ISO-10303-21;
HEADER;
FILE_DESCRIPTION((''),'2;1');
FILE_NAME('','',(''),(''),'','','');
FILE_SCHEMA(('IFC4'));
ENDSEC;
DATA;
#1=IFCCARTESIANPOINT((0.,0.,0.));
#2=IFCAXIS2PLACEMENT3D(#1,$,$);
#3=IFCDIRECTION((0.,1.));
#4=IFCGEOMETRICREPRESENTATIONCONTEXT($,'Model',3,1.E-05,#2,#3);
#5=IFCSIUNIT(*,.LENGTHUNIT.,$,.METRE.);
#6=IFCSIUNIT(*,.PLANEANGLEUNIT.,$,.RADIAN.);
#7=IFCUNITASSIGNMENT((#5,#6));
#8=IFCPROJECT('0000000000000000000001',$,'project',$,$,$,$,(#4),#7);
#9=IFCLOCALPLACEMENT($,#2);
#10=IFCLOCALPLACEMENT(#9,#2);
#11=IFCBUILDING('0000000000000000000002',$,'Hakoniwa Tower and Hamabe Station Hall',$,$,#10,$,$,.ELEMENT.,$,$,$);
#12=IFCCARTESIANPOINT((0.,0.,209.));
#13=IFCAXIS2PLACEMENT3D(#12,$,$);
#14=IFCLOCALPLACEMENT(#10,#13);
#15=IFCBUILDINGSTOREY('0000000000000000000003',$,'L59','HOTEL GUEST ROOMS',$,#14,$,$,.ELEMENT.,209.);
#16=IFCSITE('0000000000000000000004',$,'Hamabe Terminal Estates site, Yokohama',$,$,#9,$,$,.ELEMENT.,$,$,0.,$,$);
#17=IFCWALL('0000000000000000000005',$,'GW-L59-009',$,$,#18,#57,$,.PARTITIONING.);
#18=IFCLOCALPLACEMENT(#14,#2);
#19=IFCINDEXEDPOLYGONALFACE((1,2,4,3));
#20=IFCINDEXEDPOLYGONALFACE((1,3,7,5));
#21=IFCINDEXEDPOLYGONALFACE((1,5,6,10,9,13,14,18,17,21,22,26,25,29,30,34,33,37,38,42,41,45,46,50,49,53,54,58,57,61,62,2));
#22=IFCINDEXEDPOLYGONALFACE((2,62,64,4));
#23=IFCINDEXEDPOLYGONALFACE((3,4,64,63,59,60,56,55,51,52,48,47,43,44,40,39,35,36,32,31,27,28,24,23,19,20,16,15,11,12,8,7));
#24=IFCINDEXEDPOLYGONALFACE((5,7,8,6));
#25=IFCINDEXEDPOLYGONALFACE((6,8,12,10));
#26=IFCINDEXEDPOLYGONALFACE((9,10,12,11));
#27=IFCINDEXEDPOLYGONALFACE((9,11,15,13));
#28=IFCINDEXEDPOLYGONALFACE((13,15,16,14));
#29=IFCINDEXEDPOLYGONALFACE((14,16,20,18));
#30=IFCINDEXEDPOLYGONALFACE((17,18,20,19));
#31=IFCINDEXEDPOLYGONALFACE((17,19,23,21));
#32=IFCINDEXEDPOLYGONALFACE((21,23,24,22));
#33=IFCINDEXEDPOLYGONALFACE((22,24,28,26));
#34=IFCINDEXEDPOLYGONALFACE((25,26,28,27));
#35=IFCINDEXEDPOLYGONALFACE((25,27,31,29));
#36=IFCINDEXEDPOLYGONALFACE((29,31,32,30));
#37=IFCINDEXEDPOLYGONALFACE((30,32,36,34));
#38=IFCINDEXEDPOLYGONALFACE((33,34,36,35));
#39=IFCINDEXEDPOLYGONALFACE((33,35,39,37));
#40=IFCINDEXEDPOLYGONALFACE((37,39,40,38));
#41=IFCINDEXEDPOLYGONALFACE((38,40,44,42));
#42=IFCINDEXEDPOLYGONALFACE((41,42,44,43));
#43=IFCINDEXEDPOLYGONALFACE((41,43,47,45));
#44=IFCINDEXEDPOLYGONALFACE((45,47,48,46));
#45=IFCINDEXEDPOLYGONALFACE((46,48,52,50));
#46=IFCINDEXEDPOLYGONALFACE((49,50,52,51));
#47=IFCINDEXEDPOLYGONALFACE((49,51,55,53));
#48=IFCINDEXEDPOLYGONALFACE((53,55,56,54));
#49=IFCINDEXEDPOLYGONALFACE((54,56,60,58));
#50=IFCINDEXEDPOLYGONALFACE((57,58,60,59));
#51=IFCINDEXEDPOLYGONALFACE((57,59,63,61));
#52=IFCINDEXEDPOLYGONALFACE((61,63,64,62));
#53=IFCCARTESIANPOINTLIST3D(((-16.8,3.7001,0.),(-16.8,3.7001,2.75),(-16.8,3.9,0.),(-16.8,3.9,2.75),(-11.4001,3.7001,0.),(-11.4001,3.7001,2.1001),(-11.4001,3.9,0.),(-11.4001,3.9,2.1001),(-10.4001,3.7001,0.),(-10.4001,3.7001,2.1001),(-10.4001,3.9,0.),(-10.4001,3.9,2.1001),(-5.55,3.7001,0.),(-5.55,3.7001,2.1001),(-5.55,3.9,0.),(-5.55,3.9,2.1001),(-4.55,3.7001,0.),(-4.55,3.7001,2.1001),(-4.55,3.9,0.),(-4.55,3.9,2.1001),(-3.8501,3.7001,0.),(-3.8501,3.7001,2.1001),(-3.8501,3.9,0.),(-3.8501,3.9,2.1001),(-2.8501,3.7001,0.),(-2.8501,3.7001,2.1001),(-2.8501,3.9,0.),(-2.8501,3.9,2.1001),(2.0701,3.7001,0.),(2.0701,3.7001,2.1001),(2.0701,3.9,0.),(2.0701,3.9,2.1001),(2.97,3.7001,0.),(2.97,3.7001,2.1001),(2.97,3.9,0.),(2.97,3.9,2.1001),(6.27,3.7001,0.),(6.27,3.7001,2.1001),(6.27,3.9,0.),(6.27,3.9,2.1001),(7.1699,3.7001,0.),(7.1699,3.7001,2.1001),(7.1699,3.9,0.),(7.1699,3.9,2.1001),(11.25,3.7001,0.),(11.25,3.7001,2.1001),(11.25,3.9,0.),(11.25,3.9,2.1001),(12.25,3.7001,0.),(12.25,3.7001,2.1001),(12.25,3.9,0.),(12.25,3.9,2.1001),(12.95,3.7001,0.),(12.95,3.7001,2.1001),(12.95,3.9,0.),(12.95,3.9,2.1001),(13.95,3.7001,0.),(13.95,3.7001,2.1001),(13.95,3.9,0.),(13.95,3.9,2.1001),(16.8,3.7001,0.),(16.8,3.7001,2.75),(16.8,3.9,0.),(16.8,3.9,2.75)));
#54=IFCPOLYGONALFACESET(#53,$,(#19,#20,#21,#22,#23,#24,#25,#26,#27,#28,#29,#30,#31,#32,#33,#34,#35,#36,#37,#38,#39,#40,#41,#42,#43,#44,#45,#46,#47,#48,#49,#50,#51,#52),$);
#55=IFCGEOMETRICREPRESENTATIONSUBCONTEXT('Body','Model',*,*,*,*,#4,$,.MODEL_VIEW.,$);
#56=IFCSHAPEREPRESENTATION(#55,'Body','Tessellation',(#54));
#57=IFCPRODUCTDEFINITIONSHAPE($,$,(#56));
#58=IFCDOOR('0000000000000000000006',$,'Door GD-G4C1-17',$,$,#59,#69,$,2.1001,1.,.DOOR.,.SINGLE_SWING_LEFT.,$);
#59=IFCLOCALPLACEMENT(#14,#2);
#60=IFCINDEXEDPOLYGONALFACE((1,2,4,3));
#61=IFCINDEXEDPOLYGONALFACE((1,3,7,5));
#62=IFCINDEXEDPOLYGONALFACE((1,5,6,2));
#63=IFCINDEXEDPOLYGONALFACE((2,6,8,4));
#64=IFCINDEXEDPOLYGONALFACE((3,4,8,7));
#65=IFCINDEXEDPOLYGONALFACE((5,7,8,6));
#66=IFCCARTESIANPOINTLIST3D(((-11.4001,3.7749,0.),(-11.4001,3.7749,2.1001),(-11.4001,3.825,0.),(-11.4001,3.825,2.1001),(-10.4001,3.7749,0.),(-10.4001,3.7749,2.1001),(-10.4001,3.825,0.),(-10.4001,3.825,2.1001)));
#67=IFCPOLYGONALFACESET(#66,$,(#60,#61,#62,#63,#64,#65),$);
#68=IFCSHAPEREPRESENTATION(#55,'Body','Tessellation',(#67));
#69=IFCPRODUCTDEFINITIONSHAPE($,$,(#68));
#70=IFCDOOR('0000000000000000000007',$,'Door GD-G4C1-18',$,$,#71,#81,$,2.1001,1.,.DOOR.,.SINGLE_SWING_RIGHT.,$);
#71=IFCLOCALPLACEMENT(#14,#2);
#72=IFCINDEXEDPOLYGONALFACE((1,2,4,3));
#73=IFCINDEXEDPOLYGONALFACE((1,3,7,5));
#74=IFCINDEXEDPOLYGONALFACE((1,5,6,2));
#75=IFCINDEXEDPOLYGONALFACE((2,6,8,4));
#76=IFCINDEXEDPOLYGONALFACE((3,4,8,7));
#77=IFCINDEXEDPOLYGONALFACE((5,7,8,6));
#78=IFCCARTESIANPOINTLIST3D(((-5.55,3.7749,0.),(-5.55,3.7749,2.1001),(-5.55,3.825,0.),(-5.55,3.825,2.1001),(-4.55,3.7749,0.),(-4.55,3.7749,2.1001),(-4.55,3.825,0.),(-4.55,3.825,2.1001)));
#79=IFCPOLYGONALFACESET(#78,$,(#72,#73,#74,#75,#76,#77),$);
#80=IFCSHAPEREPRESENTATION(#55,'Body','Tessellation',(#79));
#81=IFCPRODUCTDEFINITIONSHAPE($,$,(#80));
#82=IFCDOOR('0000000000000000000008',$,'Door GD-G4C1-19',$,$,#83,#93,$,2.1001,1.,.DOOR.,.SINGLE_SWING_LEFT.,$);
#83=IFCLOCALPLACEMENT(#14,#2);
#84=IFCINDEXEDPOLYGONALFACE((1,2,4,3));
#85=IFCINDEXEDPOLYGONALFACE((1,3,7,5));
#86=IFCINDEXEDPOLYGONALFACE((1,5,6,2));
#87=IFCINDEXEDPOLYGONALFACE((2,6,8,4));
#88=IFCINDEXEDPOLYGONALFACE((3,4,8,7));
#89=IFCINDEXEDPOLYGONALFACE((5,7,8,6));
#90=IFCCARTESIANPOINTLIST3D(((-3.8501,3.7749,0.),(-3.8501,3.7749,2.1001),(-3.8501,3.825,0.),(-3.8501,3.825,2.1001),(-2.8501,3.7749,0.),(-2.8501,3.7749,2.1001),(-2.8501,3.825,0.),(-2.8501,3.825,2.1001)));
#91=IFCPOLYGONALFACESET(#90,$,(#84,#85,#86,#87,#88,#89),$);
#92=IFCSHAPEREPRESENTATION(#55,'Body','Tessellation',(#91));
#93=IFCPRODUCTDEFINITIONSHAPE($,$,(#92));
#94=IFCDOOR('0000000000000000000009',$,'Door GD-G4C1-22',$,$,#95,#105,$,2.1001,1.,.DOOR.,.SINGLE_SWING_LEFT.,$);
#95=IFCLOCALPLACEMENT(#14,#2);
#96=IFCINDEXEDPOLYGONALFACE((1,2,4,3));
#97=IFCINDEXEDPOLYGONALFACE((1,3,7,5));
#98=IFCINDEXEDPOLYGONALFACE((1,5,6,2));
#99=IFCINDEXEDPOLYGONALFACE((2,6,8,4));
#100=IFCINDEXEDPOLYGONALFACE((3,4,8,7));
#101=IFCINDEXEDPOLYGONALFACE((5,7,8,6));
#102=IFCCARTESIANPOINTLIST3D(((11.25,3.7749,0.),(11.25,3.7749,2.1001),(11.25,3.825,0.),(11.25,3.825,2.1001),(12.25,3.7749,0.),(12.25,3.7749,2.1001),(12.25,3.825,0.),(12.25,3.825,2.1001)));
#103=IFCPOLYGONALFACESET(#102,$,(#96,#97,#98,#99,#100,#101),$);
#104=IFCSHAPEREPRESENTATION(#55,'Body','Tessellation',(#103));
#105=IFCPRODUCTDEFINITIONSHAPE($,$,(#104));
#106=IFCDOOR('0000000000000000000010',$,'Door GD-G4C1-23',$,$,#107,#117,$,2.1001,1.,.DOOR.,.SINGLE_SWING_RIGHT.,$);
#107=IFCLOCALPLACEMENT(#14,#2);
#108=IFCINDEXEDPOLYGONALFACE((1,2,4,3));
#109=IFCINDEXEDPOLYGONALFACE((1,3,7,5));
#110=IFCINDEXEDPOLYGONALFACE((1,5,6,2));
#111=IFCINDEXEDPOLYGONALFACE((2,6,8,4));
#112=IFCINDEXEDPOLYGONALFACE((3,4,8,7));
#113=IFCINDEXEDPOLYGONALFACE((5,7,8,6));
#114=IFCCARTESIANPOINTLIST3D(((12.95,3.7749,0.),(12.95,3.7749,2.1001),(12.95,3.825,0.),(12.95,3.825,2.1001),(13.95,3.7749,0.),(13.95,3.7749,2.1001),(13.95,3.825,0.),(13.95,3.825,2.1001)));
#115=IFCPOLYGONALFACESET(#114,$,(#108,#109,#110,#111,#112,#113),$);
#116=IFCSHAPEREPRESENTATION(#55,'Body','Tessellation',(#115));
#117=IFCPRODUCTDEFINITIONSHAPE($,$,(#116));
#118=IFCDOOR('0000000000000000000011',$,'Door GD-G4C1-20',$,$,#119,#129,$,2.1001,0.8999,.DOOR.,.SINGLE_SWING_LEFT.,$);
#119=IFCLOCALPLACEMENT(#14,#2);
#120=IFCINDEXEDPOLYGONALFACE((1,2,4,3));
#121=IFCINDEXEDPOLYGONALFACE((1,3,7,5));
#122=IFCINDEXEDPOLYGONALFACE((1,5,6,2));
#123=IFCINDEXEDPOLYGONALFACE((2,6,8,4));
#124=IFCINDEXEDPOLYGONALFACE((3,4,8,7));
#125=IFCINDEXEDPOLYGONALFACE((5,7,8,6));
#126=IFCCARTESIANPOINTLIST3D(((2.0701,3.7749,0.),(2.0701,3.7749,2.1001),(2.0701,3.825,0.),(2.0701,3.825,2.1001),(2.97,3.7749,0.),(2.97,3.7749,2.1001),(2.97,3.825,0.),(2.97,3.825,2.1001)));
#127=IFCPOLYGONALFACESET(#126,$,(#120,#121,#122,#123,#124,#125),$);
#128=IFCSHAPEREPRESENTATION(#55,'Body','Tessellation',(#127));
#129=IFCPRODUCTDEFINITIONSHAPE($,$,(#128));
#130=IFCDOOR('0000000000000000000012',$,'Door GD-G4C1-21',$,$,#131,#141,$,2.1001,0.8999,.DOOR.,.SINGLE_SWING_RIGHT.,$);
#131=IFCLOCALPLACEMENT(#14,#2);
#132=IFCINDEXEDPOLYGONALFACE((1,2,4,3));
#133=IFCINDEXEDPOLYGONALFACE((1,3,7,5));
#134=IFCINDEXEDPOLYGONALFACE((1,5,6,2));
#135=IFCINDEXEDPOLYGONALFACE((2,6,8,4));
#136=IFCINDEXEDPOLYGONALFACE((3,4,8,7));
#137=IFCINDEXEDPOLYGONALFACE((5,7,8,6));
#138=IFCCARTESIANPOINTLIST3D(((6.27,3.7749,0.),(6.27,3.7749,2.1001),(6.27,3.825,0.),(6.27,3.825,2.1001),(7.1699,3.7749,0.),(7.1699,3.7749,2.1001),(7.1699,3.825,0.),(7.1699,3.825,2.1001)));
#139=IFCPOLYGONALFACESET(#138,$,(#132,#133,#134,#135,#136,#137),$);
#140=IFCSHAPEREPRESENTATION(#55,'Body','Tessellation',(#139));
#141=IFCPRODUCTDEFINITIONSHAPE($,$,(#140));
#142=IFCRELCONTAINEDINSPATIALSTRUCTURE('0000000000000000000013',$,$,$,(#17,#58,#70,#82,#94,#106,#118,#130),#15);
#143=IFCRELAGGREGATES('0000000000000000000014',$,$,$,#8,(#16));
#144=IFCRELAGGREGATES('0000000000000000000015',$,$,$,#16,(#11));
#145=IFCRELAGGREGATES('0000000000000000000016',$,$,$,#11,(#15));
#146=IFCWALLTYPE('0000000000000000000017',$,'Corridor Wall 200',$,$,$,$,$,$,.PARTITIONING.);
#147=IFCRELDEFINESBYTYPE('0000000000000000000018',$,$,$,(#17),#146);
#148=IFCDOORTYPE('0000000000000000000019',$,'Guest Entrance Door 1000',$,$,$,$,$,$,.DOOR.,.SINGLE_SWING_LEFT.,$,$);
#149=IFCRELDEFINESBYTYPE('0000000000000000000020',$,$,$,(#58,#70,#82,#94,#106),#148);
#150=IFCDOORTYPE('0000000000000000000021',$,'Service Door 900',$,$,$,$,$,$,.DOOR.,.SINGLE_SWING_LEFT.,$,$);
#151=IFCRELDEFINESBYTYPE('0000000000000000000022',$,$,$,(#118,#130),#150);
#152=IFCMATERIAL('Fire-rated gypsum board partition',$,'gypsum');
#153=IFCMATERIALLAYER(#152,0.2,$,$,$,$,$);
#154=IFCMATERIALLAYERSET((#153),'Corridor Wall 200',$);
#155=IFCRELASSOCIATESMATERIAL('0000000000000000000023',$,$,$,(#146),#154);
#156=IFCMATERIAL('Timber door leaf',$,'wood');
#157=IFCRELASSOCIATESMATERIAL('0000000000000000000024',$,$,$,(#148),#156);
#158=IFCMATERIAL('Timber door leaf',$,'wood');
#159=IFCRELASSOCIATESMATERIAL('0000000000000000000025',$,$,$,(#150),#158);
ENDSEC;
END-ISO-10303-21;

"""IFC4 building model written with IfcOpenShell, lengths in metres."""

from ifc_helpers import new_model, si_unit, direction, frame, frame_2d, origin, place, context, subcontext, project, spatial, rectangle, extrude, material, layer, layer_set, type_object, element, fill, save


model = new_model("IFC4")

# Units and contexts
model_context = context("Model", 3, precision=1e-05, world=origin(), true_north=direction((0.0, 1.0)))
body_context = subcontext(model_context, "Body", "Model", "MODEL_VIEW")
ifc_project = project(units=[si_unit("LENGTHUNIT", "METRE"), si_unit("PLANEANGLEUNIT", "RADIAN")], contexts=[model_context])

# Site, building, storey
site_placement = place(None, origin())
site = spatial("IfcSite", under=ifc_project, at=site_placement, Name="Hamabe Terminal Estates site, Yokohama", CompositionType="ELEMENT", RefElevation=0.0)
building_placement = place(site_placement, origin())
building = spatial("IfcBuilding", under=site, at=building_placement, Name="Hakoniwa Tower and Hamabe Station Hall", CompositionType="ELEMENT")
storey_placement = place(building_placement, frame((0.0, 0.0, 209.0)))
storey = spatial("IfcBuildingStorey", under=building, at=storey_placement, Name="L59", Description="HOTEL GUEST ROOMS", CompositionType="ELEMENT", Elevation=209.0)

# Wall, openings, doors
ifc_material_1 = material(Name="Fire-rated gypsum board partition", Category="gypsum")
ifc_layer_1 = layer(ifc_material_1, 0.2)
ifc_layer_set_1 = layer_set([ifc_layer_1], Name="Corridor Wall 200")
wall_type_1 = type_object("IfcWallType", Name="Corridor Wall 200", PredefinedType="PARTITIONING", material=ifc_layer_set_1)
ifc_material_2 = material(Name="Timber door leaf", Category="wood")
door_type_1 = type_object("IfcDoorType", Name="Guest Entrance Door 1000", OperationType="SINGLE_SWING_LEFT", PredefinedType="DOOR", material=ifc_material_2)
ifc_material_3 = material(Name="Timber door leaf", Category="wood")
door_type_2 = type_object("IfcDoorType", Name="Service Door 900", OperationType="SINGLE_SWING_LEFT", PredefinedType="DOOR", material=ifc_material_3)
wall_1_placement = place(storey_placement, frame((-16.8, 3.8, 0.0), z_axis=(0.0, 0.0, 1.0), x_axis=(1.0, 0.0, 0.0)))
wall_1 = element("IfcWall", 1, at=wall_1_placement, inside=storey, type_object=wall_type_1, Name="GW-L59-009", PredefinedType="PARTITIONING", context=body_context, shape_type="SweptSolid", body=[
    extrude(rectangle(XDim=33.6001, YDim=0.2, at=frame_2d((16.8, 0.0))), origin(), (0.0, 0.0, 1.0), 2.75),
])
opening_1_placement = place(wall_1_placement, frame((5.3999, 0.0, 0.0)))
opening_1 = element("IfcOpeningElement", 2, at=opening_1_placement, cuts=wall_1, PredefinedType="OPENING", context=body_context, shape_type="SweptSolid", body=[
    extrude(rectangle(XDim=1.0, YDim=2.1001, at=frame_2d((0.5, 1.05))), frame((0.0, 0.1099, 0.0), z_axis=(0.0, -1.0, 0.0), x_axis=(1.0, 0.0, 0.0)), (0.0, 0.0, 1.0), 0.22),
])
opening_2_placement = place(wall_1_placement, frame((11.25, 0.0, 0.0)))
opening_2 = element("IfcOpeningElement", 3, at=opening_2_placement, cuts=wall_1, PredefinedType="OPENING", context=body_context, shape_type="SweptSolid", body=[
    extrude(rectangle(XDim=1.0, YDim=2.1001, at=frame_2d((0.5, 1.05))), frame((0.0, 0.1099, 0.0), z_axis=(0.0, -1.0, 0.0), x_axis=(1.0, 0.0, 0.0)), (0.0, 0.0, 1.0), 0.22),
])
opening_3_placement = place(wall_1_placement, frame((12.95, 0.0, 0.0)))
opening_3 = element("IfcOpeningElement", 4, at=opening_3_placement, cuts=wall_1, PredefinedType="OPENING", context=body_context, shape_type="SweptSolid", body=[
    extrude(rectangle(XDim=1.0, YDim=2.1001, at=frame_2d((0.5, 1.05))), frame((0.0, 0.1099, 0.0), z_axis=(0.0, -1.0, 0.0), x_axis=(1.0, 0.0, 0.0)), (0.0, 0.0, 1.0), 0.22),
])
opening_4_placement = place(wall_1_placement, frame((18.8701, 0.0, 0.0)))
opening_4 = element("IfcOpeningElement", 5, at=opening_4_placement, cuts=wall_1, PredefinedType="OPENING", context=body_context, shape_type="SweptSolid", body=[
    extrude(rectangle(XDim=0.8999, YDim=2.1001, at=frame_2d((0.45, 1.05))), frame((0.0, 0.1099, 0.0), z_axis=(0.0, -1.0, 0.0), x_axis=(1.0, 0.0, 0.0)), (0.0, 0.0, 1.0), 0.22),
])
opening_5_placement = place(wall_1_placement, frame((23.0701, 0.0, 0.0)))
opening_5 = element("IfcOpeningElement", 6, at=opening_5_placement, cuts=wall_1, PredefinedType="OPENING", context=body_context, shape_type="SweptSolid", body=[
    extrude(rectangle(XDim=0.8999, YDim=2.1001, at=frame_2d((0.45, 1.05))), frame((0.0, 0.1099, 0.0), z_axis=(0.0, -1.0, 0.0), x_axis=(1.0, 0.0, 0.0)), (0.0, 0.0, 1.0), 0.22),
])
opening_6_placement = place(wall_1_placement, frame((28.05, 0.0, 0.0)))
opening_6 = element("IfcOpeningElement", 7, at=opening_6_placement, cuts=wall_1, PredefinedType="OPENING", context=body_context, shape_type="SweptSolid", body=[
    extrude(rectangle(XDim=1.0, YDim=2.1001, at=frame_2d((0.5, 1.05))), frame((0.0, 0.1099, 0.0), z_axis=(0.0, -1.0, 0.0), x_axis=(1.0, 0.0, 0.0)), (0.0, 0.0, 1.0), 0.22),
])
opening_7_placement = place(wall_1_placement, frame((29.75, 0.0, 0.0)))
opening_7 = element("IfcOpeningElement", 8, at=opening_7_placement, cuts=wall_1, PredefinedType="OPENING", context=body_context, shape_type="SweptSolid", body=[
    extrude(rectangle(XDim=1.0, YDim=2.1001, at=frame_2d((0.5, 1.05))), frame((0.0, 0.1099, 0.0), z_axis=(0.0, -1.0, 0.0), x_axis=(1.0, 0.0, 0.0)), (0.0, 0.0, 1.0), 0.22),
])
door_1_placement = place(opening_1_placement, origin())
door_1 = element("IfcDoor", 9, at=door_1_placement, inside=storey, type_object=door_type_1, Name="Door GD-G4C1-17", OperationType="SINGLE_SWING_LEFT", OverallHeight=2.1001, OverallWidth=1.0, PredefinedType="DOOR", context=body_context, shape_type="SweptSolid", body=[
    extrude(rectangle(XDim=1.0, YDim=2.1001, at=frame_2d((0.5, 1.05))), frame((0.0, 0.0249, 0.0), z_axis=(0.0, -1.0, 0.0), x_axis=(1.0, 0.0, 0.0)), (0.0, 0.0, 1.0), 0.05),
])
fill(opening_1, door_1)
door_2_placement = place(opening_2_placement, origin())
door_2 = element("IfcDoor", 10, at=door_2_placement, inside=storey, type_object=door_type_1, Name="Door GD-G4C1-18", OperationType="SINGLE_SWING_RIGHT", OverallHeight=2.1001, OverallWidth=1.0, PredefinedType="DOOR", context=body_context, shape_type="SweptSolid", body=[
    extrude(rectangle(XDim=1.0, YDim=2.1001, at=frame_2d((0.5, 1.05))), frame((0.0, 0.0249, 0.0), z_axis=(0.0, -1.0, 0.0), x_axis=(1.0, 0.0, 0.0)), (0.0, 0.0, 1.0), 0.05),
])
fill(opening_2, door_2)
door_3_placement = place(opening_3_placement, origin())
door_3 = element("IfcDoor", 11, at=door_3_placement, inside=storey, type_object=door_type_1, Name="Door GD-G4C1-19", OperationType="SINGLE_SWING_LEFT", OverallHeight=2.1001, OverallWidth=1.0, PredefinedType="DOOR", context=body_context, shape_type="SweptSolid", body=[
    extrude(rectangle(XDim=1.0, YDim=2.1001, at=frame_2d((0.5, 1.05))), frame((0.0, 0.0249, 0.0), z_axis=(0.0, -1.0, 0.0), x_axis=(1.0, 0.0, 0.0)), (0.0, 0.0, 1.0), 0.05),
])
fill(opening_3, door_3)
door_4_placement = place(opening_6_placement, origin())
door_4 = element("IfcDoor", 12, at=door_4_placement, inside=storey, type_object=door_type_1, Name="Door GD-G4C1-22", OperationType="SINGLE_SWING_LEFT", OverallHeight=2.1001, OverallWidth=1.0, PredefinedType="DOOR", context=body_context, shape_type="SweptSolid", body=[
    extrude(rectangle(XDim=1.0, YDim=2.1001, at=frame_2d((0.5, 1.05))), frame((0.0, 0.0249, 0.0), z_axis=(0.0, -1.0, 0.0), x_axis=(1.0, 0.0, 0.0)), (0.0, 0.0, 1.0), 0.05),
])
fill(opening_6, door_4)
door_5_placement = place(opening_7_placement, origin())
door_5 = element("IfcDoor", 13, at=door_5_placement, inside=storey, type_object=door_type_1, Name="Door GD-G4C1-23", OperationType="SINGLE_SWING_RIGHT", OverallHeight=2.1001, OverallWidth=1.0, PredefinedType="DOOR", context=body_context, shape_type="SweptSolid", body=[
    extrude(rectangle(XDim=1.0, YDim=2.1001, at=frame_2d((0.5, 1.05))), frame((0.0, 0.0249, 0.0), z_axis=(0.0, -1.0, 0.0), x_axis=(1.0, 0.0, 0.0)), (0.0, 0.0, 1.0), 0.05),
])
fill(opening_7, door_5)
door_6_placement = place(opening_4_placement, origin())
door_6 = element("IfcDoor", 14, at=door_6_placement, inside=storey, type_object=door_type_2, Name="Door GD-G4C1-20", OperationType="SINGLE_SWING_LEFT", OverallHeight=2.1001, OverallWidth=0.8999, PredefinedType="DOOR", context=body_context, shape_type="SweptSolid", body=[
    extrude(rectangle(XDim=0.8999, YDim=2.1001, at=frame_2d((0.45, 1.05))), frame((0.0, 0.0249, 0.0), z_axis=(0.0, -1.0, 0.0), x_axis=(1.0, 0.0, 0.0)), (0.0, 0.0, 1.0), 0.05),
])
fill(opening_4, door_6)
door_7_placement = place(opening_5_placement, origin())
door_7 = element("IfcDoor", 15, at=door_7_placement, inside=storey, type_object=door_type_2, Name="Door GD-G4C1-21", OperationType="SINGLE_SWING_RIGHT", OverallHeight=2.1001, OverallWidth=0.8999, PredefinedType="DOOR", context=body_context, shape_type="SweptSolid", body=[
    extrude(rectangle(XDim=0.8999, YDim=2.1001, at=frame_2d((0.45, 1.05))), frame((0.0, 0.0249, 0.0), z_axis=(0.0, -1.0, 0.0), x_axis=(1.0, 0.0, 0.0)), (0.0, 0.0, 1.0), 0.05),
])
fill(opening_5, door_7)

save(model, "model.ifc")
